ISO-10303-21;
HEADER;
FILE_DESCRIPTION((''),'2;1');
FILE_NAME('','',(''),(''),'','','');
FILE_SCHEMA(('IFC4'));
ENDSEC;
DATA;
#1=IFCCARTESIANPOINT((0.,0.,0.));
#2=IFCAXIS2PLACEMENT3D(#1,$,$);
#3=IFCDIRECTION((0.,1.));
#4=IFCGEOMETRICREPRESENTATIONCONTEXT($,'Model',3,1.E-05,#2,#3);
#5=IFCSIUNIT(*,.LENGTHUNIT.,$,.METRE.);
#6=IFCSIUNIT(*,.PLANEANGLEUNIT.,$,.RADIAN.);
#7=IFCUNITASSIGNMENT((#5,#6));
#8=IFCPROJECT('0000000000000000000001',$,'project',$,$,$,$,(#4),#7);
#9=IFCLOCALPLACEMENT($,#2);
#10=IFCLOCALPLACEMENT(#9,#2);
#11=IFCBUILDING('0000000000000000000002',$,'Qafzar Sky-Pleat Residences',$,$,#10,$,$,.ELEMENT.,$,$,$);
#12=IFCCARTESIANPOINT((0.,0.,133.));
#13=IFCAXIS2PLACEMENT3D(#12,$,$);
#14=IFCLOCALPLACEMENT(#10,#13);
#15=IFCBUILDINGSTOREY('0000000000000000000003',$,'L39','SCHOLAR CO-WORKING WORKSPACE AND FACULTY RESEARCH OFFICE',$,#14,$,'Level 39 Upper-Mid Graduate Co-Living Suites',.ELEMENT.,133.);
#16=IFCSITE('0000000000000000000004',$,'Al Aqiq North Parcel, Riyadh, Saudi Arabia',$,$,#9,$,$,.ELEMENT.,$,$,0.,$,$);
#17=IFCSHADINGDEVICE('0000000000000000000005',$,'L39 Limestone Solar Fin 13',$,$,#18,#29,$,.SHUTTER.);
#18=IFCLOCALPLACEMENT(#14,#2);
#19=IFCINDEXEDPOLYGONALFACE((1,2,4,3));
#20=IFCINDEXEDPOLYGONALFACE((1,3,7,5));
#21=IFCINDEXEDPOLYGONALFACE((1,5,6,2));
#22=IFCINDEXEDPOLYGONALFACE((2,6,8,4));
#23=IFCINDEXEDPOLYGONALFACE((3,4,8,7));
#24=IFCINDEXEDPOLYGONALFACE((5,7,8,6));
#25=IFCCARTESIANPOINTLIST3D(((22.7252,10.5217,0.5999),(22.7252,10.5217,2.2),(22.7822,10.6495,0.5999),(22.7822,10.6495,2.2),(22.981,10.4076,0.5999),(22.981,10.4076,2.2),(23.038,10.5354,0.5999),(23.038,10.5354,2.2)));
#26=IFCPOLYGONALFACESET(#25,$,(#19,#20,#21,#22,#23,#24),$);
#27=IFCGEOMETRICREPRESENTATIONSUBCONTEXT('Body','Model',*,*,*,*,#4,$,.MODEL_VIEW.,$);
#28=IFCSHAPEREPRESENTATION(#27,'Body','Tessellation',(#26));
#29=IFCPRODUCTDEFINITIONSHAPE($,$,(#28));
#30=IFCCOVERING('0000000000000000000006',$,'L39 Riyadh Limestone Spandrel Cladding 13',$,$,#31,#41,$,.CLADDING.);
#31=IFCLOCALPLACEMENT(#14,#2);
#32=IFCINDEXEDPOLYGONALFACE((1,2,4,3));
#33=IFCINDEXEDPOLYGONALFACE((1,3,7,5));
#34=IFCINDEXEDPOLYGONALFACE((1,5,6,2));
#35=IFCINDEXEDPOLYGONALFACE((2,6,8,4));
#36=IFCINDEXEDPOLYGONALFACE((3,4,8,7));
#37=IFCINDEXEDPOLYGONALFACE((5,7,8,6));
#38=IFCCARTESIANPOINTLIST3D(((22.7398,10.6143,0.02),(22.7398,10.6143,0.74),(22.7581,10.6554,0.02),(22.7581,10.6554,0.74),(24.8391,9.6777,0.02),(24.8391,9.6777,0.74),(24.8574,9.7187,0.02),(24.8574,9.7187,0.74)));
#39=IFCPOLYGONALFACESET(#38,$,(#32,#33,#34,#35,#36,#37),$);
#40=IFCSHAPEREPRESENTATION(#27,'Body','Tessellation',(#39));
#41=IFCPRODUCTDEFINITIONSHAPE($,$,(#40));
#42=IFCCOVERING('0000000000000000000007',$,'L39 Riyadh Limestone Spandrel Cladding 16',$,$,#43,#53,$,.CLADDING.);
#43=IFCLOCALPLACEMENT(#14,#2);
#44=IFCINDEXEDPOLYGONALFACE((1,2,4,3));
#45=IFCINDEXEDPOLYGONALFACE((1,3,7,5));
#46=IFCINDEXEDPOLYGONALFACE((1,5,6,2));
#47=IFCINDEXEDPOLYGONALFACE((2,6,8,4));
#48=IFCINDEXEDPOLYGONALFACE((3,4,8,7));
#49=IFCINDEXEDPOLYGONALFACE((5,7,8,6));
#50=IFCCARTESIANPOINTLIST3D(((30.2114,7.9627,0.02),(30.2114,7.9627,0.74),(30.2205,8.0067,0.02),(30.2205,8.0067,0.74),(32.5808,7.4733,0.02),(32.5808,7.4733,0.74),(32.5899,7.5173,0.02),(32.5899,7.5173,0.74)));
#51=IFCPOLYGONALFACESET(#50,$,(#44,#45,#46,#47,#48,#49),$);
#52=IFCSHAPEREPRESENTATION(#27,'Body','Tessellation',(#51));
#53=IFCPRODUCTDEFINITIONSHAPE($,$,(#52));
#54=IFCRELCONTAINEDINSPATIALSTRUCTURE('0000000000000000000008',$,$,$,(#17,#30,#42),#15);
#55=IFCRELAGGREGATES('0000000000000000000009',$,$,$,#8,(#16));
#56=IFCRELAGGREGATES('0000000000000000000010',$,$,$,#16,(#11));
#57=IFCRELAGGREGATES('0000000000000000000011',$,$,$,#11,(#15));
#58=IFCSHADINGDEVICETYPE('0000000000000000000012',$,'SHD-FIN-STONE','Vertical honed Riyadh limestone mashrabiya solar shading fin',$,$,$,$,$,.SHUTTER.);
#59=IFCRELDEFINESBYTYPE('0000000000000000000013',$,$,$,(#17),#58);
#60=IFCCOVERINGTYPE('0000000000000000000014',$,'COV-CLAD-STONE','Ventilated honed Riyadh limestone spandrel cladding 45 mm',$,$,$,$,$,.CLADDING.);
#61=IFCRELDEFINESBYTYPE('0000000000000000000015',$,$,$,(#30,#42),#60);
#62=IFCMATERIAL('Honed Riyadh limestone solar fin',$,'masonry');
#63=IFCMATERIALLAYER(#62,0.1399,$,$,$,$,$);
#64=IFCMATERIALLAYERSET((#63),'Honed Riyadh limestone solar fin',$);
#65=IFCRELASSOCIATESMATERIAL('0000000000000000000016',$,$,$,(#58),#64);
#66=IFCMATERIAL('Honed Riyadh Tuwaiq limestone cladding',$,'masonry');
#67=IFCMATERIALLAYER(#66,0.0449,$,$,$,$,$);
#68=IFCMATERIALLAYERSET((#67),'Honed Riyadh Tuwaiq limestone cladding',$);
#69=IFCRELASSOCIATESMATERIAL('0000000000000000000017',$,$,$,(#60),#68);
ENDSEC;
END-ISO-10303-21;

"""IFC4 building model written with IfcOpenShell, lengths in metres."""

from ifc_helpers import new_model, si_unit, direction, frame, origin, origin_2d, place, context, subcontext, project, spatial, rectangle, extrude, source, transform, mapped, material, layer, layer_set, type_object, element, save


model = new_model("IFC4")

# Units and contexts
model_context = context("Model", 3, precision=1e-05, world=origin(), true_north=direction((0.0, 1.0)))
body_context = subcontext(model_context, "Body", "Model", "MODEL_VIEW")
ifc_project = project(units=[si_unit("LENGTHUNIT", "METRE"), si_unit("PLANEANGLEUNIT", "RADIAN")], contexts=[model_context])

# Site, building, storey
site_placement = place(None, origin())
site = spatial("IfcSite", under=ifc_project, at=site_placement, Name="Al Aqiq North Parcel, Riyadh, Saudi Arabia", CompositionType="ELEMENT", RefElevation=0.0)
building_placement = place(site_placement, origin())
building = spatial("IfcBuilding", under=site, at=building_placement, Name="Qafzar Sky-Pleat Residences", CompositionType="ELEMENT")
storey_placement = place(building_placement, frame((0.0, 0.0, 133.0)))
storey = spatial("IfcBuildingStorey", under=building, at=storey_placement, Name="L39", Description="SCHOLAR CO-WORKING WORKSPACE AND FACULTY RESEARCH OFFICE", LongName="Level 39 Upper-Mid Graduate Co-Living Suites", CompositionType="ELEMENT", Elevation=133.0)

# Shading device
ifc_material_1 = material(Name="Honed Riyadh limestone solar fin", Category="masonry")
ifc_layer_1 = layer(ifc_material_1, 0.1399)
ifc_layer_set_1 = layer_set([ifc_layer_1], Name="Honed Riyadh limestone solar fin")
shading_device_type = type_object("IfcShadingDeviceType", Name="SHD-FIN-STONE", Description="Vertical honed Riyadh limestone mashrabiya solar shading fin", PredefinedType="SHUTTER", material=ifc_layer_set_1)
shared_shape_1 = source(origin(), body_context, "Body", "SweptSolid", [
    extrude(rectangle(XDim=0.1399, YDim=0.28, at=origin_2d()), origin(), (0.0, 0.0, 1.0), 1.6001),
])
shading_device_placement = place(storey_placement, frame((22.8816, 10.5286, 0.5999), z_axis=(0.0, 0.0, 1.0), x_axis=(-0.407475, -0.913216, 0.0)))
element("IfcShadingDevice", 1, at=shading_device_placement, inside=storey, type_object=shading_device_type, Name="L39 Limestone Solar Fin 13", PredefinedType="SHUTTER", context=body_context, shape_type="MappedRepresentation", body=[
    mapped(shared_shape_1, transform((0.0, 0.0, 0.0), x_axis=(1.0, 0.0, 0.0), y_axis=(0.0, 1.0, 0.0), z_axis=(0.0, 0.0, 1.0), scale=1.0)),
])

# Coverings
ifc_material_2 = material(Name="Honed Riyadh Tuwaiq limestone cladding", Category="masonry")
ifc_layer_2 = layer(ifc_material_2, 0.0449)
ifc_layer_set_2 = layer_set([ifc_layer_2], Name="Honed Riyadh Tuwaiq limestone cladding")
covering_type = type_object("IfcCoveringType", Name="COV-CLAD-STONE", Description="Ventilated honed Riyadh limestone spandrel cladding 45 mm", PredefinedType="CLADDING", material=ifc_layer_set_2)
shared_shape_2 = source(origin(), body_context, "Body", "SweptSolid", [
    extrude(rectangle(XDim=2.2988, YDim=0.0449, at=origin_2d()), origin(), (0.0, 0.0, 1.0), 0.72),
])
covering_1_placement = place(storey_placement, frame((23.7986, 10.1665, 0.02), z_axis=(0.0, 0.0, 1.0), x_axis=(0.913223, -0.40746, 0.0)))
element("IfcCovering", 2, at=covering_1_placement, inside=storey, type_object=covering_type, Name="L39 Riyadh Limestone Spandrel Cladding 13", PredefinedType="CLADDING", context=body_context, shape_type="MappedRepresentation", body=[
    mapped(shared_shape_2, transform((0.0, 0.0, 0.0), x_axis=(1.0, 0.0, 0.0), y_axis=(0.0, 1.0, 0.0), z_axis=(0.0, 0.0, 1.0), scale=1.0)),
])
shared_shape_3 = source(origin(), body_context, "Body", "SweptSolid", [
    extrude(rectangle(XDim=2.4194, YDim=0.0449, at=origin_2d()), origin(), (0.0, 0.0, 1.0), 0.72),
])
covering_2_placement = place(storey_placement, frame((31.4006, 7.74, 0.02), z_axis=(0.0, 0.0, 1.0), x_axis=(0.979325, -0.202293, 0.0)))
element("IfcCovering", 3, at=covering_2_placement, inside=storey, type_object=covering_type, Name="L39 Riyadh Limestone Spandrel Cladding 16", PredefinedType="CLADDING", context=body_context, shape_type="MappedRepresentation", body=[
    mapped(shared_shape_3, transform((0.0, 0.0, 0.0), x_axis=(1.0, 0.0, 0.0), y_axis=(0.0, 1.0, 0.0), z_axis=(0.0, 0.0, 1.0), scale=1.0)),
])

save(model, "model.ifc")
